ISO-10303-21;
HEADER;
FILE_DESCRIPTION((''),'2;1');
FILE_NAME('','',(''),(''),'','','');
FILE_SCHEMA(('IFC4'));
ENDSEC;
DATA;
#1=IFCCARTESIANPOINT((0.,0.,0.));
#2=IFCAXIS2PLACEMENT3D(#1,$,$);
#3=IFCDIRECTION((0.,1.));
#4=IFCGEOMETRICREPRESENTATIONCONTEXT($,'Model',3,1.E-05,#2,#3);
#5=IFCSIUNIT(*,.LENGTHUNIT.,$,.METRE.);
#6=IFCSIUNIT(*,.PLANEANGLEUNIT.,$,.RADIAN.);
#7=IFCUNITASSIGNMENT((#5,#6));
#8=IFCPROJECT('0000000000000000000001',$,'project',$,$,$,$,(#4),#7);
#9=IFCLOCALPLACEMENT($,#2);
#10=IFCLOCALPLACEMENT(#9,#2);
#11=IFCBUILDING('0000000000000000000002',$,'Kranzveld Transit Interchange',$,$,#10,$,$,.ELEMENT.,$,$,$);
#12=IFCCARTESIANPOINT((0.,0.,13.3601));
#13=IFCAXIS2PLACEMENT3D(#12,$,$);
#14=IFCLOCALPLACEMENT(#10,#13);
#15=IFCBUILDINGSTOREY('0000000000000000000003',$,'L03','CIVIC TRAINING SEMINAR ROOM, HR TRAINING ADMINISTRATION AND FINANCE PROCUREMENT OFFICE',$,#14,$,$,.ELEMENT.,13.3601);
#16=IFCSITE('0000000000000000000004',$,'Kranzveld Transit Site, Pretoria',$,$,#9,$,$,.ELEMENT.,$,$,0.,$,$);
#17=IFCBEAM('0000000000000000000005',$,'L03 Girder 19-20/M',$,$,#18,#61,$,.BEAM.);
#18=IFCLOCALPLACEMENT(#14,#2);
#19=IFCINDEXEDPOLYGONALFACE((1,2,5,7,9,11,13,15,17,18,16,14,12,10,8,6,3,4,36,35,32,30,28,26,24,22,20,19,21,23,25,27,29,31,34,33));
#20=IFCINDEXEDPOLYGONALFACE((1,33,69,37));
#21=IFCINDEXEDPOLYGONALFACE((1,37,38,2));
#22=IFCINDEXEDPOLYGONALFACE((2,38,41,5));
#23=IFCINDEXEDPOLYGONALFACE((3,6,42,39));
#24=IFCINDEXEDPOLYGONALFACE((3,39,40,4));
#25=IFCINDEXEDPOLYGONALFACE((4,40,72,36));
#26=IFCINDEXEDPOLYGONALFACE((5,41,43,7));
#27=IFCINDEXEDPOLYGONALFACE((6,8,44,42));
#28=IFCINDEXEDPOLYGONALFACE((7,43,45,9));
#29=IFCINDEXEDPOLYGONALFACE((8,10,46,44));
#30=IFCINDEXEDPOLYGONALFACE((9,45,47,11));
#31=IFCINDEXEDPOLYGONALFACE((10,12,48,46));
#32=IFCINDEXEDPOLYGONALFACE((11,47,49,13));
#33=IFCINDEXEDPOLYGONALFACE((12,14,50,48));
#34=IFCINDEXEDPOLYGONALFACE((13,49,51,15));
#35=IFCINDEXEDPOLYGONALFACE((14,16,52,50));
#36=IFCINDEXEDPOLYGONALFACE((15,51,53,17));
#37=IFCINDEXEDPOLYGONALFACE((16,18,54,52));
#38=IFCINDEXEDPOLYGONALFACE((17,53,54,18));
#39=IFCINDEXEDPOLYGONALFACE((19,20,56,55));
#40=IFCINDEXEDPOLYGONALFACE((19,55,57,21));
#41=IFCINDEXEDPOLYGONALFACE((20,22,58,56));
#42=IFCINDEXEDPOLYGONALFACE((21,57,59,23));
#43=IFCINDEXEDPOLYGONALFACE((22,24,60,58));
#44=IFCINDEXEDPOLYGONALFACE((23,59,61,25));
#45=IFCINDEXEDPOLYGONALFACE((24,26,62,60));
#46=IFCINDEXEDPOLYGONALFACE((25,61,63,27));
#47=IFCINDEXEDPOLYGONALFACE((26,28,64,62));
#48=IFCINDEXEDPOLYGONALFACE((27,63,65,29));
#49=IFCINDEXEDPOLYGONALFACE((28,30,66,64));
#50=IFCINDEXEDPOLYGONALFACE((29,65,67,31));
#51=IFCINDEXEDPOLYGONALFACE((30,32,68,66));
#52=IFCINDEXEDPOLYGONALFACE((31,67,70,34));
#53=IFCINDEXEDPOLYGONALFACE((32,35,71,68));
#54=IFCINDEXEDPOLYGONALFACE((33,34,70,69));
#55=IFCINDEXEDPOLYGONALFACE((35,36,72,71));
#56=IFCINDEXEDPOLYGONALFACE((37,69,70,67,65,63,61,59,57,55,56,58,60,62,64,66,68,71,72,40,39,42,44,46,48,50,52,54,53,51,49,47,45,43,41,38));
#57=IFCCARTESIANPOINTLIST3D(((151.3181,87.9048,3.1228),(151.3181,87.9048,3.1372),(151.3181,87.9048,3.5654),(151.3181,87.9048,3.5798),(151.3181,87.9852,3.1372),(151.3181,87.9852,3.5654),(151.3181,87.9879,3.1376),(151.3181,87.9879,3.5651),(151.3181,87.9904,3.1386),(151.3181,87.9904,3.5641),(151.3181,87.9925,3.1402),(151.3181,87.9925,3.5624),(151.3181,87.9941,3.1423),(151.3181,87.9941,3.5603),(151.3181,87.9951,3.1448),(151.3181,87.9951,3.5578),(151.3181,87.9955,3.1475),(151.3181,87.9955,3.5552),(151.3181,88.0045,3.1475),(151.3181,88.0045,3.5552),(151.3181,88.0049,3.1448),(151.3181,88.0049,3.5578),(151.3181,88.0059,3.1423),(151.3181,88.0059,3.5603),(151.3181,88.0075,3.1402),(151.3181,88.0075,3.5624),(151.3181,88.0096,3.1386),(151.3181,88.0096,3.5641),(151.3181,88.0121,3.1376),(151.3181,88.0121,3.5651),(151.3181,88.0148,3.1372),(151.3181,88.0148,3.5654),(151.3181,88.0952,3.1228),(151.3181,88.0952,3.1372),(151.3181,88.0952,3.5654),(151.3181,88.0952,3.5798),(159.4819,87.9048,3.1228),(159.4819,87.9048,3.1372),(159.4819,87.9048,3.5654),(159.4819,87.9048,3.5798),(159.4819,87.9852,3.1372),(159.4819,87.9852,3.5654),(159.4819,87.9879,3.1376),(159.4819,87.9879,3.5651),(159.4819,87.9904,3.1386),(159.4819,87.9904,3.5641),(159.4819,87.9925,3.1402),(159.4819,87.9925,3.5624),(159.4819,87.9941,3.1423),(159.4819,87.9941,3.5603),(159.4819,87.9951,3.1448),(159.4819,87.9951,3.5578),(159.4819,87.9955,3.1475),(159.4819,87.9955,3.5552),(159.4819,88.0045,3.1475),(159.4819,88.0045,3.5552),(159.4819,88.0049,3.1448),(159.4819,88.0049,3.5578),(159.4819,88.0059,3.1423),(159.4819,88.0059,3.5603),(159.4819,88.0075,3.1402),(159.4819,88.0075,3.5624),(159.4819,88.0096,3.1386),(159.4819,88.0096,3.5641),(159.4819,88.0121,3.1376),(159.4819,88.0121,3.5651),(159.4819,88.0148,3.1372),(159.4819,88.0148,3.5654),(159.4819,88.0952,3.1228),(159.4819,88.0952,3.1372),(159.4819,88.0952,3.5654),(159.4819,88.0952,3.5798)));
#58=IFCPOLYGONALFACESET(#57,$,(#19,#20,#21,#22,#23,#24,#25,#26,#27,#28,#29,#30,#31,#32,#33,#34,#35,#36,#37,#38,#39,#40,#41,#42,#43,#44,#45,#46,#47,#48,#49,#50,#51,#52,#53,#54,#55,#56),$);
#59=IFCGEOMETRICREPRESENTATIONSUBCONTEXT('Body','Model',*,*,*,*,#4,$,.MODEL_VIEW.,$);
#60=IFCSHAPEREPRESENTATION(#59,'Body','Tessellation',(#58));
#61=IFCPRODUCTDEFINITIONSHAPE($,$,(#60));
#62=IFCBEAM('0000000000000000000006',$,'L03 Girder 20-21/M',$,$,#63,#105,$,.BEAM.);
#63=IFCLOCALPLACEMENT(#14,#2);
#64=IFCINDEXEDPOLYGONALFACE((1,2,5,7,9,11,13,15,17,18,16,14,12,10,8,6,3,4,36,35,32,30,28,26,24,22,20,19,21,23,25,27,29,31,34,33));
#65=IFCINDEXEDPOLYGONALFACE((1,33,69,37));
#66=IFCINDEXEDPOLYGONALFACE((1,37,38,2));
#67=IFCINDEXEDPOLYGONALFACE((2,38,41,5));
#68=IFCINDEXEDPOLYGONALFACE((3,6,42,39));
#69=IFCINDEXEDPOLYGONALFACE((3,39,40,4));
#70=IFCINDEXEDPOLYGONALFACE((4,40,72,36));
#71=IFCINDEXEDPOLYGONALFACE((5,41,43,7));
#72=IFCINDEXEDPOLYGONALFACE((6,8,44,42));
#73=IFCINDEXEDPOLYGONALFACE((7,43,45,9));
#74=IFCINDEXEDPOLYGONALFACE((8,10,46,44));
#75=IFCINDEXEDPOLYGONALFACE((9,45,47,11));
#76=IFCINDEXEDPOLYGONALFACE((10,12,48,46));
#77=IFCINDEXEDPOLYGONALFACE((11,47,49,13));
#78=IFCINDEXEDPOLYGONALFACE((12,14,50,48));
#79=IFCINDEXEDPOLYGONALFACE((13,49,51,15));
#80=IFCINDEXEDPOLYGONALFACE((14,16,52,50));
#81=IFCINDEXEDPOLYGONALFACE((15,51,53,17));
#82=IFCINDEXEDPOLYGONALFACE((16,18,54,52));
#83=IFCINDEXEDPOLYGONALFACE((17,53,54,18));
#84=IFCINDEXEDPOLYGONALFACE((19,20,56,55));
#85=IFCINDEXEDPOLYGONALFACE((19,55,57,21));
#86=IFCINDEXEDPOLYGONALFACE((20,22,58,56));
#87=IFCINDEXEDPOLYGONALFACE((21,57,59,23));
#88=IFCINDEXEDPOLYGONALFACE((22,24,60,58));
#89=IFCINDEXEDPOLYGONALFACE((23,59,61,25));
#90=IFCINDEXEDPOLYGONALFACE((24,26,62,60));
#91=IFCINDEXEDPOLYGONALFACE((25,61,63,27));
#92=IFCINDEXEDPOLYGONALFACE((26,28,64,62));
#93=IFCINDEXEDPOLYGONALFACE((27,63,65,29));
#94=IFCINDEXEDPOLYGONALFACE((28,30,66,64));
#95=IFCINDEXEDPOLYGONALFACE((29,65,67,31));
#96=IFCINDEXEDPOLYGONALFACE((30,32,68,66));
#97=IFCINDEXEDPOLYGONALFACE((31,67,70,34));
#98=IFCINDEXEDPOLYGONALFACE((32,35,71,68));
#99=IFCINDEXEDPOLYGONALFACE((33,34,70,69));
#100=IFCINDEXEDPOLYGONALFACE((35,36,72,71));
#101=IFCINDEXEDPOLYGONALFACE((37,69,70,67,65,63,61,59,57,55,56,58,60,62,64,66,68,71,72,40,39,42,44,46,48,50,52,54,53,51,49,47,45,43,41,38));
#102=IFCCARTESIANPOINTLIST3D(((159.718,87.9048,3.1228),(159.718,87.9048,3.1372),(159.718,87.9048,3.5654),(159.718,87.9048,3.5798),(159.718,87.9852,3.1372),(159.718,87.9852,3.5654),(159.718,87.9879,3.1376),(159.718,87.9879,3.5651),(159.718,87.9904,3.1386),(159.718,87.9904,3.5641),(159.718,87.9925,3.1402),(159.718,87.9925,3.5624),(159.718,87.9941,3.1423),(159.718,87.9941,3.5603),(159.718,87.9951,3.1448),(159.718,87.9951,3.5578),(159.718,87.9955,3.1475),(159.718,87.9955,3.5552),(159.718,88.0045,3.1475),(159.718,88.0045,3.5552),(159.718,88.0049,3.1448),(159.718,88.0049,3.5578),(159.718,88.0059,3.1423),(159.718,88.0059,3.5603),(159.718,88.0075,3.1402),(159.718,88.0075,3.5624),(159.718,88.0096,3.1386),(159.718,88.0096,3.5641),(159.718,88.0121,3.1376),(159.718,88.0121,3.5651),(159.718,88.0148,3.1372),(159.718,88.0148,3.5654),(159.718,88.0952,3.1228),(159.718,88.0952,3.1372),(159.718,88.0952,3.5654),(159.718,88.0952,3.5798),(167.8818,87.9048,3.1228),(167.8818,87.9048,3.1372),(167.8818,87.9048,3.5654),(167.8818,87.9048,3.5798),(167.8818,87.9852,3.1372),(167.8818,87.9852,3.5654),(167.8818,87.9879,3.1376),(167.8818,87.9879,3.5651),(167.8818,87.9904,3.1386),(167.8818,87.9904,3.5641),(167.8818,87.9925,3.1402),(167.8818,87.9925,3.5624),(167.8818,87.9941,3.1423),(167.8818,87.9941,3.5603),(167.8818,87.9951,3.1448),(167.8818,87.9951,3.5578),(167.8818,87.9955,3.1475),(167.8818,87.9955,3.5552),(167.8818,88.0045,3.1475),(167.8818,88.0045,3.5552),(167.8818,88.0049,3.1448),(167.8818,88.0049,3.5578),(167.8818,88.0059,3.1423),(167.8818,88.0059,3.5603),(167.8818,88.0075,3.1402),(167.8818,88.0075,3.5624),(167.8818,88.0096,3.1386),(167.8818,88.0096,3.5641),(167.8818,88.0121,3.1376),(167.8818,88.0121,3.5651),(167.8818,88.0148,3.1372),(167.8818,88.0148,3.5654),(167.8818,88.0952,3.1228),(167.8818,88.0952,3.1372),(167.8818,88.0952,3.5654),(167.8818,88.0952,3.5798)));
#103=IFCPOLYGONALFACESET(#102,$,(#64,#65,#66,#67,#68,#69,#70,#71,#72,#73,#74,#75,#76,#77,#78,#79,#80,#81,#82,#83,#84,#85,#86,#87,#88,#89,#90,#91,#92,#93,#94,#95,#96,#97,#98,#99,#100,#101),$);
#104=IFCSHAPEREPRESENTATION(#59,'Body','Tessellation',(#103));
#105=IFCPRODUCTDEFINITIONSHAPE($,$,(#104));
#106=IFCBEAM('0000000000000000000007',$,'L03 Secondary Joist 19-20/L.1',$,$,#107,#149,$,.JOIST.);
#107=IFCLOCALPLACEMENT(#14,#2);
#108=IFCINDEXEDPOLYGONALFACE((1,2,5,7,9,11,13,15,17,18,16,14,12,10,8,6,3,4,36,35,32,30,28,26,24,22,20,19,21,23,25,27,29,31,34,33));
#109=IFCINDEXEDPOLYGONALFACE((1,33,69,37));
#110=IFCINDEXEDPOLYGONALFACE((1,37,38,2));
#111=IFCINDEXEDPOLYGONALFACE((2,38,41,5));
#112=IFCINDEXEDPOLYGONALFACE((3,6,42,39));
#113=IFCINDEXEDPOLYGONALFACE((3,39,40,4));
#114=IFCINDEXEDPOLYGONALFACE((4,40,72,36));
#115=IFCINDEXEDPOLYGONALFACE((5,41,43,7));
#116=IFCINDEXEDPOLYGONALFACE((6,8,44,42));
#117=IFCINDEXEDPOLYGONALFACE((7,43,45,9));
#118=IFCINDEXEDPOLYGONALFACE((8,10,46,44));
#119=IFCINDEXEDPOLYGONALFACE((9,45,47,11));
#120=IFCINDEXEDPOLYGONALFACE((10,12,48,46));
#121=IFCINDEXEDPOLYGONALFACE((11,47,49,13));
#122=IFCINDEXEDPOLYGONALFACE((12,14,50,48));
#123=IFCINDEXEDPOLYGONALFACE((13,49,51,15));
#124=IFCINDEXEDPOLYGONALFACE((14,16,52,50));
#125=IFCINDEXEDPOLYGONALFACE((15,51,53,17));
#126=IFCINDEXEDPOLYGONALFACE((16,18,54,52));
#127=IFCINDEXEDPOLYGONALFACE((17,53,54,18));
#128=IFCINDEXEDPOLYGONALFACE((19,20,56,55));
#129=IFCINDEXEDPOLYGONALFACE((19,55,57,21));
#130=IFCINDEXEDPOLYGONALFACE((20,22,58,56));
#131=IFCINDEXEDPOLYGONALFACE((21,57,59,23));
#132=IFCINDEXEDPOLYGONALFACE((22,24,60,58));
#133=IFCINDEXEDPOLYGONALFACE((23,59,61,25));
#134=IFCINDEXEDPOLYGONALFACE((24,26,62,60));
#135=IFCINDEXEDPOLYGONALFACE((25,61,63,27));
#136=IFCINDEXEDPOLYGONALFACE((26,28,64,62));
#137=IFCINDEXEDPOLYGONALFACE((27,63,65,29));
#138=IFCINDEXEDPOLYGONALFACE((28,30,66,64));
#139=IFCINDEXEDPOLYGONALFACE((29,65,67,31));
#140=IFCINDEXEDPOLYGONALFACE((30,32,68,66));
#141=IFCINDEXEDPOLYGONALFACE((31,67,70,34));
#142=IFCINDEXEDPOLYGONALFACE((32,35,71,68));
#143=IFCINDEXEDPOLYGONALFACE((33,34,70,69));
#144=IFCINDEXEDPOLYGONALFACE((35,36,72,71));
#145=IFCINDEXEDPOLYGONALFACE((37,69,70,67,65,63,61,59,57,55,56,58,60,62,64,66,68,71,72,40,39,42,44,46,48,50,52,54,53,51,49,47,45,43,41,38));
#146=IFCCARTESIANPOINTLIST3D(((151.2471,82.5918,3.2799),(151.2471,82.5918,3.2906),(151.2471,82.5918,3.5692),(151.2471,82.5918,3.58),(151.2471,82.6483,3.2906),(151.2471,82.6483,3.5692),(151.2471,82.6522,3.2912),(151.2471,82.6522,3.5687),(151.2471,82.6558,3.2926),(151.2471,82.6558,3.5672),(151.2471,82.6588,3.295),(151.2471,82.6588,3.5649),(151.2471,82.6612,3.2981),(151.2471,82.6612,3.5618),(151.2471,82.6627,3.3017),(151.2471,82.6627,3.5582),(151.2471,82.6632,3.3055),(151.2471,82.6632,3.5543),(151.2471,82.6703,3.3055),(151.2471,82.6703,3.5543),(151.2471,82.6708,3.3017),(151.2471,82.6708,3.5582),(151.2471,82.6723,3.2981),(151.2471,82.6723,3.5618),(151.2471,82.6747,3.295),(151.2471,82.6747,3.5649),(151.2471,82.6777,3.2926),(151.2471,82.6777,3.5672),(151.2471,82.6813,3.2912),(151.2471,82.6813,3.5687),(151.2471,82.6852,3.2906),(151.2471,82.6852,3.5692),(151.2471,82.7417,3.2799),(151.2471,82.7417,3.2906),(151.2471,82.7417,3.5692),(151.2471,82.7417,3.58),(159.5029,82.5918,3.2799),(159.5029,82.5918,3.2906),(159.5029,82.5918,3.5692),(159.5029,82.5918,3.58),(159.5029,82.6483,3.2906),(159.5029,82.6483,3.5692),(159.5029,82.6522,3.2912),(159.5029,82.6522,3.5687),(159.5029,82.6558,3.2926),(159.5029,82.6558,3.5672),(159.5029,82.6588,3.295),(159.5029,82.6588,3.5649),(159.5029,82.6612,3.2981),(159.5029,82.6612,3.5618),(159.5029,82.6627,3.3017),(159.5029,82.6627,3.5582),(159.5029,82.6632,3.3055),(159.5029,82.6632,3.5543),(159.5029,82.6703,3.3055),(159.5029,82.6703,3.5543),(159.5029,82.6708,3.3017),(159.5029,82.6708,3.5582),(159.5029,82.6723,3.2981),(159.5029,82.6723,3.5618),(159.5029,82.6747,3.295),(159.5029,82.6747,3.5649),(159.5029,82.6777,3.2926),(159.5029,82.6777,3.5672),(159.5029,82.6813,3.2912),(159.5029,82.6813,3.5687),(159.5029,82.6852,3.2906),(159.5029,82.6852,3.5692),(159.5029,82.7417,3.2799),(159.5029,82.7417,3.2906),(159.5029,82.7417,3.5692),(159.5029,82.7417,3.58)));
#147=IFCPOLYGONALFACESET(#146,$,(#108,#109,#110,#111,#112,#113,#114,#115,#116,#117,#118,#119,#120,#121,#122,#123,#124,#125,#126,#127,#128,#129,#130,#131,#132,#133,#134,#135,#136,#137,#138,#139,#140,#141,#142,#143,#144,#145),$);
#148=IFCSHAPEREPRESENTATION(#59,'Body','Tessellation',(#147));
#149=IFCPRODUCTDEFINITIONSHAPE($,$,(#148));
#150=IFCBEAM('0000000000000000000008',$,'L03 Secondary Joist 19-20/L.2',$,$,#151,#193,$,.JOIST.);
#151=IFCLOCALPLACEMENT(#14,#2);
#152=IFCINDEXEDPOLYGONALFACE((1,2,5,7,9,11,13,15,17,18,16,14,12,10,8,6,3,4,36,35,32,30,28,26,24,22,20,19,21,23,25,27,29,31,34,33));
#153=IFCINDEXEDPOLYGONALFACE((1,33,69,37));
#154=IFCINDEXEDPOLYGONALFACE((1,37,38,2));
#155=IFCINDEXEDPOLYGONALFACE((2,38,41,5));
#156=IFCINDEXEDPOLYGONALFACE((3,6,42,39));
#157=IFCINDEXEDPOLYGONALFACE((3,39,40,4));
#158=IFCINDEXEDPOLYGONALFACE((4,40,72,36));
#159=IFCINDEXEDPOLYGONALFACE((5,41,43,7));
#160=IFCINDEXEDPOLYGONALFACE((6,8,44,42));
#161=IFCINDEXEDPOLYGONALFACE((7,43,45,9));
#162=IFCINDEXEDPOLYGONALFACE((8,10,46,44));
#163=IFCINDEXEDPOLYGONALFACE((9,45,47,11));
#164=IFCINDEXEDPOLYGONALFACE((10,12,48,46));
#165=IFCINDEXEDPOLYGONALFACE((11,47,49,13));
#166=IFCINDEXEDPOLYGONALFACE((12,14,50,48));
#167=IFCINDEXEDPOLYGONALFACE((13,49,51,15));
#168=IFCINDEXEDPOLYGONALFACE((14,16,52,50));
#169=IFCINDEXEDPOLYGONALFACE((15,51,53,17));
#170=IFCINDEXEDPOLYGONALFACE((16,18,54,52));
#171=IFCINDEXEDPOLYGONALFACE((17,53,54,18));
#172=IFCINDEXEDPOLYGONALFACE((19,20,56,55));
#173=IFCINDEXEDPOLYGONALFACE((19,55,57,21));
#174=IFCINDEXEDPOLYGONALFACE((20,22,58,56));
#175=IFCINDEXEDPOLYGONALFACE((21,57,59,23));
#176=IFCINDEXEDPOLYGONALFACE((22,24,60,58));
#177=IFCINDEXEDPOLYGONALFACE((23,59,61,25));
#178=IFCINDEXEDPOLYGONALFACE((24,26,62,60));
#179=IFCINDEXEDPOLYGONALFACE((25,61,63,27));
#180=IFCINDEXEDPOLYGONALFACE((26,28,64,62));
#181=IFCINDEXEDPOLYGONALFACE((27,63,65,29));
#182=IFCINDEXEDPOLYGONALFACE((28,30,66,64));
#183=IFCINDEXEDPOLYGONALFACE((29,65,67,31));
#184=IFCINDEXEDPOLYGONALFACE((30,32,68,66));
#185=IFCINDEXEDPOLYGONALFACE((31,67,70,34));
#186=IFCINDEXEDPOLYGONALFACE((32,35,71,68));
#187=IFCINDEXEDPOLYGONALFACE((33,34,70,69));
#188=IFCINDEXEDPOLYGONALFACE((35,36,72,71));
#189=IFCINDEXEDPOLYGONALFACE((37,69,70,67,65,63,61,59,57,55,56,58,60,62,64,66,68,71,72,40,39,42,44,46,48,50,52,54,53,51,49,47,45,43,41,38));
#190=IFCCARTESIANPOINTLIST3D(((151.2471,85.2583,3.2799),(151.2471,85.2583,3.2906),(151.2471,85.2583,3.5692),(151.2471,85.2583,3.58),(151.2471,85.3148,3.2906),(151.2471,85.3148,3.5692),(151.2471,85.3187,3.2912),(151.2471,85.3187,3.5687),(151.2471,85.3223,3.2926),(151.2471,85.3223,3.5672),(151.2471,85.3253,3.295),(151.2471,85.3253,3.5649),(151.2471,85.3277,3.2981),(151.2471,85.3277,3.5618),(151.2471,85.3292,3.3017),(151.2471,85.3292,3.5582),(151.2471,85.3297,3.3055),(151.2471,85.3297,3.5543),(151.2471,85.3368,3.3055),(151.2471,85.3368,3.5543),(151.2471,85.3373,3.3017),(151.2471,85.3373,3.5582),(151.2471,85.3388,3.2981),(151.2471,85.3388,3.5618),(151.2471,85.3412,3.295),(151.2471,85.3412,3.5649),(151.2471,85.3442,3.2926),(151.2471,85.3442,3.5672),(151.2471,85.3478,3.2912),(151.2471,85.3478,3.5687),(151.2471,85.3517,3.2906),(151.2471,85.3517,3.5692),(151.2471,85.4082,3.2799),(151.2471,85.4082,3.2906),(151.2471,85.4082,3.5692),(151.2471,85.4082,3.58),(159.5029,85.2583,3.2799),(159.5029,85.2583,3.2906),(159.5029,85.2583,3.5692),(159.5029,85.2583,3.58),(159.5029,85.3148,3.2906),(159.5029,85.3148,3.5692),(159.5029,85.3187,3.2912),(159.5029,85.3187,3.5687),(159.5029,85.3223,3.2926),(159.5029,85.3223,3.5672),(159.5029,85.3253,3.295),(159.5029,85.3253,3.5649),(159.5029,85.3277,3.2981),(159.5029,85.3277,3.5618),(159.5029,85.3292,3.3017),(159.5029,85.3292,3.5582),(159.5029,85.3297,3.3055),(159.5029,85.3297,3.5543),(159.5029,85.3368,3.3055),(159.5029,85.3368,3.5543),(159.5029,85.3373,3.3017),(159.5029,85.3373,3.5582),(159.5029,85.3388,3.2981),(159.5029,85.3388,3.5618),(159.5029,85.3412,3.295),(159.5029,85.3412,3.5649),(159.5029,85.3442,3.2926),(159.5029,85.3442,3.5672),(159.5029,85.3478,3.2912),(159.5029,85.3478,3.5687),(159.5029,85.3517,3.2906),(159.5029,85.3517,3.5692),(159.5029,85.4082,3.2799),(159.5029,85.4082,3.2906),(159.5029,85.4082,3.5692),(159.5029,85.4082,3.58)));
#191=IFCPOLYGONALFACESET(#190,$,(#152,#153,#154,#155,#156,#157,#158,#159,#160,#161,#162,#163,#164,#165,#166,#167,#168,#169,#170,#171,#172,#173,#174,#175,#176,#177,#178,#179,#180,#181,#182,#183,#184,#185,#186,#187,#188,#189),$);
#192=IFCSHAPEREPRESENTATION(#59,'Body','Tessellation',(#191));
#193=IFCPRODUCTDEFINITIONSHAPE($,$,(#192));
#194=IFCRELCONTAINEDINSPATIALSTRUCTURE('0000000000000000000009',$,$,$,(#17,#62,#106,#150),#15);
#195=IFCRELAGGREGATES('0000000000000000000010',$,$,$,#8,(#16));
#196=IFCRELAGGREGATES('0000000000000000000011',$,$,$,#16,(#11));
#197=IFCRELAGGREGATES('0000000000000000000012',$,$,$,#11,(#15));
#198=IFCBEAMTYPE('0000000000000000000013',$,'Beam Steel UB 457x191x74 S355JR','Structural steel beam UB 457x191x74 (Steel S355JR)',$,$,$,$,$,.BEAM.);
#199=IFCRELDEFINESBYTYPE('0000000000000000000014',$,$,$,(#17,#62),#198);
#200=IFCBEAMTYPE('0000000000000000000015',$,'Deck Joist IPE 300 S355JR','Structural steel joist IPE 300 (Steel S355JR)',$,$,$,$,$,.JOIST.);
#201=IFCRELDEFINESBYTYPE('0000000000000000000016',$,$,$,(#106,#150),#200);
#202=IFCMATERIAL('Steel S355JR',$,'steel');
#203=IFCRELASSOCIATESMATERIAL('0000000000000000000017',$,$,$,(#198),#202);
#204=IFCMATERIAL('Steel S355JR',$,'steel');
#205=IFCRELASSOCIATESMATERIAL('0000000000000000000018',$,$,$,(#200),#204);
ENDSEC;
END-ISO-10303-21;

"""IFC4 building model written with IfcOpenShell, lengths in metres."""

from ifc_helpers import new_model, si_unit, direction, frame, origin, origin_2d, place, context, subcontext, project, spatial, i_section, extrude, material, material_profile, profile_set, type_object, element, save


model = new_model("IFC4")

# Units and contexts
model_context = context("Model", 3, precision=1e-05, world=origin(), true_north=direction((0.0, 1.0)))
body_context = subcontext(model_context, "Body", "Model", "MODEL_VIEW")
ifc_project = project(units=[si_unit("LENGTHUNIT", "METRE"), si_unit("PLANEANGLEUNIT", "RADIAN")], contexts=[model_context])

# Site, building, storey
site_placement = place(None, origin())
site = spatial("IfcSite", under=ifc_project, at=site_placement, Name="Kranzveld Transit Site, Pretoria", CompositionType="ELEMENT", RefElevation=0.0)
building_placement = place(site_placement, origin())
building = spatial("IfcBuilding", under=site, at=building_placement, Name="Kranzveld Transit Interchange", CompositionType="ELEMENT")
storey_placement = place(building_placement, frame((0.0, 0.0, 13.3601)))
storey = spatial("IfcBuildingStorey", under=building, at=storey_placement, Name="L03", Description="CIVIC TRAINING SEMINAR ROOM, HR TRAINING ADMINISTRATION AND FINANCE PROCUREMENT OFFICE", CompositionType="ELEMENT", Elevation=13.3601)

# Beams
ifc_material_1 = material(Name="Steel S355JR", Category="steel")
ifc_material_profile_1 = material_profile(ifc_material_1, i_section(OverallWidth=0.1904, OverallDepth=0.457, WebThickness=0.009, FlangeThickness=0.0144, FilletRadius=0.0103, at=origin_2d()), Name="UB 457x191x74")
ifc_profile_set_1 = profile_set([ifc_material_profile_1], Name="Steel S355JR")
beam_type_1 = type_object("IfcBeamType", Name="Beam Steel UB 457x191x74 S355JR", Description="Structural steel beam UB 457x191x74 (Steel S355JR)", PredefinedType="BEAM", material=ifc_profile_set_1)
for number, where, z_axis, x_axis, name in (
    (1, (151.3181, 88.0, 3.3513), (1.0, 0.0, 0.0), (0.0, 1.0, 0.0), "L03 Girder 19-20/M"),
    (2, (159.718, 88.0, 3.3513), (1.0, 0.0, 0.0), (0.0, 1.0, 0.0), "L03 Girder 20-21/M"),
):
    element("IfcBeam", number, at=place(storey_placement, frame(where, z_axis=z_axis, x_axis=x_axis)), inside=storey, type_object=beam_type_1, Name=name, PredefinedType="BEAM", context=body_context, shape_type="SweptSolid", body=[
        extrude(i_section(OverallWidth=0.1904, OverallDepth=0.457, WebThickness=0.009, FlangeThickness=0.0144, FilletRadius=0.0103, at=origin_2d()), origin(), (0.0, 0.0, 1.0), 8.1638),
    ])
ifc_material_2 = material(Name="Steel S355JR", Category="steel")
ifc_material_profile_2 = material_profile(ifc_material_2, i_section(OverallWidth=0.1499, OverallDepth=0.3, WebThickness=0.0071, FlangeThickness=0.0107, FilletRadius=0.0149, at=origin_2d()), Name="IPE 300")
ifc_profile_set_2 = profile_set([ifc_material_profile_2], Name="Steel S355JR")
beam_type_2 = type_object("IfcBeamType", Name="Deck Joist IPE 300 S355JR", Description="Structural steel joist IPE 300 (Steel S355JR)", PredefinedType="JOIST", material=ifc_profile_set_2)
for number, where, z_axis, x_axis, name in (
    (3, (151.2471, 82.6667, 3.4299), (1.0, 0.0, 0.0), (0.0, 1.0, 0.0), "L03 Secondary Joist 19-20/L.1"),
    (4, (151.2471, 85.3333, 3.4299), (1.0, 0.0, 0.0), (0.0, 1.0, 0.0), "L03 Secondary Joist 19-20/L.2"),
):
    element("IfcBeam", number, at=place(storey_placement, frame(where, z_axis=z_axis, x_axis=x_axis)), inside=storey, type_object=beam_type_2, Name=name, PredefinedType="JOIST", context=body_context, shape_type="SweptSolid", body=[
        extrude(i_section(OverallWidth=0.1499, OverallDepth=0.3, WebThickness=0.0071, FlangeThickness=0.0107, FilletRadius=0.0149, at=origin_2d()), origin(), (0.0, 0.0, 1.0), 8.2559),
    ])

save(model, "model.ifc")
